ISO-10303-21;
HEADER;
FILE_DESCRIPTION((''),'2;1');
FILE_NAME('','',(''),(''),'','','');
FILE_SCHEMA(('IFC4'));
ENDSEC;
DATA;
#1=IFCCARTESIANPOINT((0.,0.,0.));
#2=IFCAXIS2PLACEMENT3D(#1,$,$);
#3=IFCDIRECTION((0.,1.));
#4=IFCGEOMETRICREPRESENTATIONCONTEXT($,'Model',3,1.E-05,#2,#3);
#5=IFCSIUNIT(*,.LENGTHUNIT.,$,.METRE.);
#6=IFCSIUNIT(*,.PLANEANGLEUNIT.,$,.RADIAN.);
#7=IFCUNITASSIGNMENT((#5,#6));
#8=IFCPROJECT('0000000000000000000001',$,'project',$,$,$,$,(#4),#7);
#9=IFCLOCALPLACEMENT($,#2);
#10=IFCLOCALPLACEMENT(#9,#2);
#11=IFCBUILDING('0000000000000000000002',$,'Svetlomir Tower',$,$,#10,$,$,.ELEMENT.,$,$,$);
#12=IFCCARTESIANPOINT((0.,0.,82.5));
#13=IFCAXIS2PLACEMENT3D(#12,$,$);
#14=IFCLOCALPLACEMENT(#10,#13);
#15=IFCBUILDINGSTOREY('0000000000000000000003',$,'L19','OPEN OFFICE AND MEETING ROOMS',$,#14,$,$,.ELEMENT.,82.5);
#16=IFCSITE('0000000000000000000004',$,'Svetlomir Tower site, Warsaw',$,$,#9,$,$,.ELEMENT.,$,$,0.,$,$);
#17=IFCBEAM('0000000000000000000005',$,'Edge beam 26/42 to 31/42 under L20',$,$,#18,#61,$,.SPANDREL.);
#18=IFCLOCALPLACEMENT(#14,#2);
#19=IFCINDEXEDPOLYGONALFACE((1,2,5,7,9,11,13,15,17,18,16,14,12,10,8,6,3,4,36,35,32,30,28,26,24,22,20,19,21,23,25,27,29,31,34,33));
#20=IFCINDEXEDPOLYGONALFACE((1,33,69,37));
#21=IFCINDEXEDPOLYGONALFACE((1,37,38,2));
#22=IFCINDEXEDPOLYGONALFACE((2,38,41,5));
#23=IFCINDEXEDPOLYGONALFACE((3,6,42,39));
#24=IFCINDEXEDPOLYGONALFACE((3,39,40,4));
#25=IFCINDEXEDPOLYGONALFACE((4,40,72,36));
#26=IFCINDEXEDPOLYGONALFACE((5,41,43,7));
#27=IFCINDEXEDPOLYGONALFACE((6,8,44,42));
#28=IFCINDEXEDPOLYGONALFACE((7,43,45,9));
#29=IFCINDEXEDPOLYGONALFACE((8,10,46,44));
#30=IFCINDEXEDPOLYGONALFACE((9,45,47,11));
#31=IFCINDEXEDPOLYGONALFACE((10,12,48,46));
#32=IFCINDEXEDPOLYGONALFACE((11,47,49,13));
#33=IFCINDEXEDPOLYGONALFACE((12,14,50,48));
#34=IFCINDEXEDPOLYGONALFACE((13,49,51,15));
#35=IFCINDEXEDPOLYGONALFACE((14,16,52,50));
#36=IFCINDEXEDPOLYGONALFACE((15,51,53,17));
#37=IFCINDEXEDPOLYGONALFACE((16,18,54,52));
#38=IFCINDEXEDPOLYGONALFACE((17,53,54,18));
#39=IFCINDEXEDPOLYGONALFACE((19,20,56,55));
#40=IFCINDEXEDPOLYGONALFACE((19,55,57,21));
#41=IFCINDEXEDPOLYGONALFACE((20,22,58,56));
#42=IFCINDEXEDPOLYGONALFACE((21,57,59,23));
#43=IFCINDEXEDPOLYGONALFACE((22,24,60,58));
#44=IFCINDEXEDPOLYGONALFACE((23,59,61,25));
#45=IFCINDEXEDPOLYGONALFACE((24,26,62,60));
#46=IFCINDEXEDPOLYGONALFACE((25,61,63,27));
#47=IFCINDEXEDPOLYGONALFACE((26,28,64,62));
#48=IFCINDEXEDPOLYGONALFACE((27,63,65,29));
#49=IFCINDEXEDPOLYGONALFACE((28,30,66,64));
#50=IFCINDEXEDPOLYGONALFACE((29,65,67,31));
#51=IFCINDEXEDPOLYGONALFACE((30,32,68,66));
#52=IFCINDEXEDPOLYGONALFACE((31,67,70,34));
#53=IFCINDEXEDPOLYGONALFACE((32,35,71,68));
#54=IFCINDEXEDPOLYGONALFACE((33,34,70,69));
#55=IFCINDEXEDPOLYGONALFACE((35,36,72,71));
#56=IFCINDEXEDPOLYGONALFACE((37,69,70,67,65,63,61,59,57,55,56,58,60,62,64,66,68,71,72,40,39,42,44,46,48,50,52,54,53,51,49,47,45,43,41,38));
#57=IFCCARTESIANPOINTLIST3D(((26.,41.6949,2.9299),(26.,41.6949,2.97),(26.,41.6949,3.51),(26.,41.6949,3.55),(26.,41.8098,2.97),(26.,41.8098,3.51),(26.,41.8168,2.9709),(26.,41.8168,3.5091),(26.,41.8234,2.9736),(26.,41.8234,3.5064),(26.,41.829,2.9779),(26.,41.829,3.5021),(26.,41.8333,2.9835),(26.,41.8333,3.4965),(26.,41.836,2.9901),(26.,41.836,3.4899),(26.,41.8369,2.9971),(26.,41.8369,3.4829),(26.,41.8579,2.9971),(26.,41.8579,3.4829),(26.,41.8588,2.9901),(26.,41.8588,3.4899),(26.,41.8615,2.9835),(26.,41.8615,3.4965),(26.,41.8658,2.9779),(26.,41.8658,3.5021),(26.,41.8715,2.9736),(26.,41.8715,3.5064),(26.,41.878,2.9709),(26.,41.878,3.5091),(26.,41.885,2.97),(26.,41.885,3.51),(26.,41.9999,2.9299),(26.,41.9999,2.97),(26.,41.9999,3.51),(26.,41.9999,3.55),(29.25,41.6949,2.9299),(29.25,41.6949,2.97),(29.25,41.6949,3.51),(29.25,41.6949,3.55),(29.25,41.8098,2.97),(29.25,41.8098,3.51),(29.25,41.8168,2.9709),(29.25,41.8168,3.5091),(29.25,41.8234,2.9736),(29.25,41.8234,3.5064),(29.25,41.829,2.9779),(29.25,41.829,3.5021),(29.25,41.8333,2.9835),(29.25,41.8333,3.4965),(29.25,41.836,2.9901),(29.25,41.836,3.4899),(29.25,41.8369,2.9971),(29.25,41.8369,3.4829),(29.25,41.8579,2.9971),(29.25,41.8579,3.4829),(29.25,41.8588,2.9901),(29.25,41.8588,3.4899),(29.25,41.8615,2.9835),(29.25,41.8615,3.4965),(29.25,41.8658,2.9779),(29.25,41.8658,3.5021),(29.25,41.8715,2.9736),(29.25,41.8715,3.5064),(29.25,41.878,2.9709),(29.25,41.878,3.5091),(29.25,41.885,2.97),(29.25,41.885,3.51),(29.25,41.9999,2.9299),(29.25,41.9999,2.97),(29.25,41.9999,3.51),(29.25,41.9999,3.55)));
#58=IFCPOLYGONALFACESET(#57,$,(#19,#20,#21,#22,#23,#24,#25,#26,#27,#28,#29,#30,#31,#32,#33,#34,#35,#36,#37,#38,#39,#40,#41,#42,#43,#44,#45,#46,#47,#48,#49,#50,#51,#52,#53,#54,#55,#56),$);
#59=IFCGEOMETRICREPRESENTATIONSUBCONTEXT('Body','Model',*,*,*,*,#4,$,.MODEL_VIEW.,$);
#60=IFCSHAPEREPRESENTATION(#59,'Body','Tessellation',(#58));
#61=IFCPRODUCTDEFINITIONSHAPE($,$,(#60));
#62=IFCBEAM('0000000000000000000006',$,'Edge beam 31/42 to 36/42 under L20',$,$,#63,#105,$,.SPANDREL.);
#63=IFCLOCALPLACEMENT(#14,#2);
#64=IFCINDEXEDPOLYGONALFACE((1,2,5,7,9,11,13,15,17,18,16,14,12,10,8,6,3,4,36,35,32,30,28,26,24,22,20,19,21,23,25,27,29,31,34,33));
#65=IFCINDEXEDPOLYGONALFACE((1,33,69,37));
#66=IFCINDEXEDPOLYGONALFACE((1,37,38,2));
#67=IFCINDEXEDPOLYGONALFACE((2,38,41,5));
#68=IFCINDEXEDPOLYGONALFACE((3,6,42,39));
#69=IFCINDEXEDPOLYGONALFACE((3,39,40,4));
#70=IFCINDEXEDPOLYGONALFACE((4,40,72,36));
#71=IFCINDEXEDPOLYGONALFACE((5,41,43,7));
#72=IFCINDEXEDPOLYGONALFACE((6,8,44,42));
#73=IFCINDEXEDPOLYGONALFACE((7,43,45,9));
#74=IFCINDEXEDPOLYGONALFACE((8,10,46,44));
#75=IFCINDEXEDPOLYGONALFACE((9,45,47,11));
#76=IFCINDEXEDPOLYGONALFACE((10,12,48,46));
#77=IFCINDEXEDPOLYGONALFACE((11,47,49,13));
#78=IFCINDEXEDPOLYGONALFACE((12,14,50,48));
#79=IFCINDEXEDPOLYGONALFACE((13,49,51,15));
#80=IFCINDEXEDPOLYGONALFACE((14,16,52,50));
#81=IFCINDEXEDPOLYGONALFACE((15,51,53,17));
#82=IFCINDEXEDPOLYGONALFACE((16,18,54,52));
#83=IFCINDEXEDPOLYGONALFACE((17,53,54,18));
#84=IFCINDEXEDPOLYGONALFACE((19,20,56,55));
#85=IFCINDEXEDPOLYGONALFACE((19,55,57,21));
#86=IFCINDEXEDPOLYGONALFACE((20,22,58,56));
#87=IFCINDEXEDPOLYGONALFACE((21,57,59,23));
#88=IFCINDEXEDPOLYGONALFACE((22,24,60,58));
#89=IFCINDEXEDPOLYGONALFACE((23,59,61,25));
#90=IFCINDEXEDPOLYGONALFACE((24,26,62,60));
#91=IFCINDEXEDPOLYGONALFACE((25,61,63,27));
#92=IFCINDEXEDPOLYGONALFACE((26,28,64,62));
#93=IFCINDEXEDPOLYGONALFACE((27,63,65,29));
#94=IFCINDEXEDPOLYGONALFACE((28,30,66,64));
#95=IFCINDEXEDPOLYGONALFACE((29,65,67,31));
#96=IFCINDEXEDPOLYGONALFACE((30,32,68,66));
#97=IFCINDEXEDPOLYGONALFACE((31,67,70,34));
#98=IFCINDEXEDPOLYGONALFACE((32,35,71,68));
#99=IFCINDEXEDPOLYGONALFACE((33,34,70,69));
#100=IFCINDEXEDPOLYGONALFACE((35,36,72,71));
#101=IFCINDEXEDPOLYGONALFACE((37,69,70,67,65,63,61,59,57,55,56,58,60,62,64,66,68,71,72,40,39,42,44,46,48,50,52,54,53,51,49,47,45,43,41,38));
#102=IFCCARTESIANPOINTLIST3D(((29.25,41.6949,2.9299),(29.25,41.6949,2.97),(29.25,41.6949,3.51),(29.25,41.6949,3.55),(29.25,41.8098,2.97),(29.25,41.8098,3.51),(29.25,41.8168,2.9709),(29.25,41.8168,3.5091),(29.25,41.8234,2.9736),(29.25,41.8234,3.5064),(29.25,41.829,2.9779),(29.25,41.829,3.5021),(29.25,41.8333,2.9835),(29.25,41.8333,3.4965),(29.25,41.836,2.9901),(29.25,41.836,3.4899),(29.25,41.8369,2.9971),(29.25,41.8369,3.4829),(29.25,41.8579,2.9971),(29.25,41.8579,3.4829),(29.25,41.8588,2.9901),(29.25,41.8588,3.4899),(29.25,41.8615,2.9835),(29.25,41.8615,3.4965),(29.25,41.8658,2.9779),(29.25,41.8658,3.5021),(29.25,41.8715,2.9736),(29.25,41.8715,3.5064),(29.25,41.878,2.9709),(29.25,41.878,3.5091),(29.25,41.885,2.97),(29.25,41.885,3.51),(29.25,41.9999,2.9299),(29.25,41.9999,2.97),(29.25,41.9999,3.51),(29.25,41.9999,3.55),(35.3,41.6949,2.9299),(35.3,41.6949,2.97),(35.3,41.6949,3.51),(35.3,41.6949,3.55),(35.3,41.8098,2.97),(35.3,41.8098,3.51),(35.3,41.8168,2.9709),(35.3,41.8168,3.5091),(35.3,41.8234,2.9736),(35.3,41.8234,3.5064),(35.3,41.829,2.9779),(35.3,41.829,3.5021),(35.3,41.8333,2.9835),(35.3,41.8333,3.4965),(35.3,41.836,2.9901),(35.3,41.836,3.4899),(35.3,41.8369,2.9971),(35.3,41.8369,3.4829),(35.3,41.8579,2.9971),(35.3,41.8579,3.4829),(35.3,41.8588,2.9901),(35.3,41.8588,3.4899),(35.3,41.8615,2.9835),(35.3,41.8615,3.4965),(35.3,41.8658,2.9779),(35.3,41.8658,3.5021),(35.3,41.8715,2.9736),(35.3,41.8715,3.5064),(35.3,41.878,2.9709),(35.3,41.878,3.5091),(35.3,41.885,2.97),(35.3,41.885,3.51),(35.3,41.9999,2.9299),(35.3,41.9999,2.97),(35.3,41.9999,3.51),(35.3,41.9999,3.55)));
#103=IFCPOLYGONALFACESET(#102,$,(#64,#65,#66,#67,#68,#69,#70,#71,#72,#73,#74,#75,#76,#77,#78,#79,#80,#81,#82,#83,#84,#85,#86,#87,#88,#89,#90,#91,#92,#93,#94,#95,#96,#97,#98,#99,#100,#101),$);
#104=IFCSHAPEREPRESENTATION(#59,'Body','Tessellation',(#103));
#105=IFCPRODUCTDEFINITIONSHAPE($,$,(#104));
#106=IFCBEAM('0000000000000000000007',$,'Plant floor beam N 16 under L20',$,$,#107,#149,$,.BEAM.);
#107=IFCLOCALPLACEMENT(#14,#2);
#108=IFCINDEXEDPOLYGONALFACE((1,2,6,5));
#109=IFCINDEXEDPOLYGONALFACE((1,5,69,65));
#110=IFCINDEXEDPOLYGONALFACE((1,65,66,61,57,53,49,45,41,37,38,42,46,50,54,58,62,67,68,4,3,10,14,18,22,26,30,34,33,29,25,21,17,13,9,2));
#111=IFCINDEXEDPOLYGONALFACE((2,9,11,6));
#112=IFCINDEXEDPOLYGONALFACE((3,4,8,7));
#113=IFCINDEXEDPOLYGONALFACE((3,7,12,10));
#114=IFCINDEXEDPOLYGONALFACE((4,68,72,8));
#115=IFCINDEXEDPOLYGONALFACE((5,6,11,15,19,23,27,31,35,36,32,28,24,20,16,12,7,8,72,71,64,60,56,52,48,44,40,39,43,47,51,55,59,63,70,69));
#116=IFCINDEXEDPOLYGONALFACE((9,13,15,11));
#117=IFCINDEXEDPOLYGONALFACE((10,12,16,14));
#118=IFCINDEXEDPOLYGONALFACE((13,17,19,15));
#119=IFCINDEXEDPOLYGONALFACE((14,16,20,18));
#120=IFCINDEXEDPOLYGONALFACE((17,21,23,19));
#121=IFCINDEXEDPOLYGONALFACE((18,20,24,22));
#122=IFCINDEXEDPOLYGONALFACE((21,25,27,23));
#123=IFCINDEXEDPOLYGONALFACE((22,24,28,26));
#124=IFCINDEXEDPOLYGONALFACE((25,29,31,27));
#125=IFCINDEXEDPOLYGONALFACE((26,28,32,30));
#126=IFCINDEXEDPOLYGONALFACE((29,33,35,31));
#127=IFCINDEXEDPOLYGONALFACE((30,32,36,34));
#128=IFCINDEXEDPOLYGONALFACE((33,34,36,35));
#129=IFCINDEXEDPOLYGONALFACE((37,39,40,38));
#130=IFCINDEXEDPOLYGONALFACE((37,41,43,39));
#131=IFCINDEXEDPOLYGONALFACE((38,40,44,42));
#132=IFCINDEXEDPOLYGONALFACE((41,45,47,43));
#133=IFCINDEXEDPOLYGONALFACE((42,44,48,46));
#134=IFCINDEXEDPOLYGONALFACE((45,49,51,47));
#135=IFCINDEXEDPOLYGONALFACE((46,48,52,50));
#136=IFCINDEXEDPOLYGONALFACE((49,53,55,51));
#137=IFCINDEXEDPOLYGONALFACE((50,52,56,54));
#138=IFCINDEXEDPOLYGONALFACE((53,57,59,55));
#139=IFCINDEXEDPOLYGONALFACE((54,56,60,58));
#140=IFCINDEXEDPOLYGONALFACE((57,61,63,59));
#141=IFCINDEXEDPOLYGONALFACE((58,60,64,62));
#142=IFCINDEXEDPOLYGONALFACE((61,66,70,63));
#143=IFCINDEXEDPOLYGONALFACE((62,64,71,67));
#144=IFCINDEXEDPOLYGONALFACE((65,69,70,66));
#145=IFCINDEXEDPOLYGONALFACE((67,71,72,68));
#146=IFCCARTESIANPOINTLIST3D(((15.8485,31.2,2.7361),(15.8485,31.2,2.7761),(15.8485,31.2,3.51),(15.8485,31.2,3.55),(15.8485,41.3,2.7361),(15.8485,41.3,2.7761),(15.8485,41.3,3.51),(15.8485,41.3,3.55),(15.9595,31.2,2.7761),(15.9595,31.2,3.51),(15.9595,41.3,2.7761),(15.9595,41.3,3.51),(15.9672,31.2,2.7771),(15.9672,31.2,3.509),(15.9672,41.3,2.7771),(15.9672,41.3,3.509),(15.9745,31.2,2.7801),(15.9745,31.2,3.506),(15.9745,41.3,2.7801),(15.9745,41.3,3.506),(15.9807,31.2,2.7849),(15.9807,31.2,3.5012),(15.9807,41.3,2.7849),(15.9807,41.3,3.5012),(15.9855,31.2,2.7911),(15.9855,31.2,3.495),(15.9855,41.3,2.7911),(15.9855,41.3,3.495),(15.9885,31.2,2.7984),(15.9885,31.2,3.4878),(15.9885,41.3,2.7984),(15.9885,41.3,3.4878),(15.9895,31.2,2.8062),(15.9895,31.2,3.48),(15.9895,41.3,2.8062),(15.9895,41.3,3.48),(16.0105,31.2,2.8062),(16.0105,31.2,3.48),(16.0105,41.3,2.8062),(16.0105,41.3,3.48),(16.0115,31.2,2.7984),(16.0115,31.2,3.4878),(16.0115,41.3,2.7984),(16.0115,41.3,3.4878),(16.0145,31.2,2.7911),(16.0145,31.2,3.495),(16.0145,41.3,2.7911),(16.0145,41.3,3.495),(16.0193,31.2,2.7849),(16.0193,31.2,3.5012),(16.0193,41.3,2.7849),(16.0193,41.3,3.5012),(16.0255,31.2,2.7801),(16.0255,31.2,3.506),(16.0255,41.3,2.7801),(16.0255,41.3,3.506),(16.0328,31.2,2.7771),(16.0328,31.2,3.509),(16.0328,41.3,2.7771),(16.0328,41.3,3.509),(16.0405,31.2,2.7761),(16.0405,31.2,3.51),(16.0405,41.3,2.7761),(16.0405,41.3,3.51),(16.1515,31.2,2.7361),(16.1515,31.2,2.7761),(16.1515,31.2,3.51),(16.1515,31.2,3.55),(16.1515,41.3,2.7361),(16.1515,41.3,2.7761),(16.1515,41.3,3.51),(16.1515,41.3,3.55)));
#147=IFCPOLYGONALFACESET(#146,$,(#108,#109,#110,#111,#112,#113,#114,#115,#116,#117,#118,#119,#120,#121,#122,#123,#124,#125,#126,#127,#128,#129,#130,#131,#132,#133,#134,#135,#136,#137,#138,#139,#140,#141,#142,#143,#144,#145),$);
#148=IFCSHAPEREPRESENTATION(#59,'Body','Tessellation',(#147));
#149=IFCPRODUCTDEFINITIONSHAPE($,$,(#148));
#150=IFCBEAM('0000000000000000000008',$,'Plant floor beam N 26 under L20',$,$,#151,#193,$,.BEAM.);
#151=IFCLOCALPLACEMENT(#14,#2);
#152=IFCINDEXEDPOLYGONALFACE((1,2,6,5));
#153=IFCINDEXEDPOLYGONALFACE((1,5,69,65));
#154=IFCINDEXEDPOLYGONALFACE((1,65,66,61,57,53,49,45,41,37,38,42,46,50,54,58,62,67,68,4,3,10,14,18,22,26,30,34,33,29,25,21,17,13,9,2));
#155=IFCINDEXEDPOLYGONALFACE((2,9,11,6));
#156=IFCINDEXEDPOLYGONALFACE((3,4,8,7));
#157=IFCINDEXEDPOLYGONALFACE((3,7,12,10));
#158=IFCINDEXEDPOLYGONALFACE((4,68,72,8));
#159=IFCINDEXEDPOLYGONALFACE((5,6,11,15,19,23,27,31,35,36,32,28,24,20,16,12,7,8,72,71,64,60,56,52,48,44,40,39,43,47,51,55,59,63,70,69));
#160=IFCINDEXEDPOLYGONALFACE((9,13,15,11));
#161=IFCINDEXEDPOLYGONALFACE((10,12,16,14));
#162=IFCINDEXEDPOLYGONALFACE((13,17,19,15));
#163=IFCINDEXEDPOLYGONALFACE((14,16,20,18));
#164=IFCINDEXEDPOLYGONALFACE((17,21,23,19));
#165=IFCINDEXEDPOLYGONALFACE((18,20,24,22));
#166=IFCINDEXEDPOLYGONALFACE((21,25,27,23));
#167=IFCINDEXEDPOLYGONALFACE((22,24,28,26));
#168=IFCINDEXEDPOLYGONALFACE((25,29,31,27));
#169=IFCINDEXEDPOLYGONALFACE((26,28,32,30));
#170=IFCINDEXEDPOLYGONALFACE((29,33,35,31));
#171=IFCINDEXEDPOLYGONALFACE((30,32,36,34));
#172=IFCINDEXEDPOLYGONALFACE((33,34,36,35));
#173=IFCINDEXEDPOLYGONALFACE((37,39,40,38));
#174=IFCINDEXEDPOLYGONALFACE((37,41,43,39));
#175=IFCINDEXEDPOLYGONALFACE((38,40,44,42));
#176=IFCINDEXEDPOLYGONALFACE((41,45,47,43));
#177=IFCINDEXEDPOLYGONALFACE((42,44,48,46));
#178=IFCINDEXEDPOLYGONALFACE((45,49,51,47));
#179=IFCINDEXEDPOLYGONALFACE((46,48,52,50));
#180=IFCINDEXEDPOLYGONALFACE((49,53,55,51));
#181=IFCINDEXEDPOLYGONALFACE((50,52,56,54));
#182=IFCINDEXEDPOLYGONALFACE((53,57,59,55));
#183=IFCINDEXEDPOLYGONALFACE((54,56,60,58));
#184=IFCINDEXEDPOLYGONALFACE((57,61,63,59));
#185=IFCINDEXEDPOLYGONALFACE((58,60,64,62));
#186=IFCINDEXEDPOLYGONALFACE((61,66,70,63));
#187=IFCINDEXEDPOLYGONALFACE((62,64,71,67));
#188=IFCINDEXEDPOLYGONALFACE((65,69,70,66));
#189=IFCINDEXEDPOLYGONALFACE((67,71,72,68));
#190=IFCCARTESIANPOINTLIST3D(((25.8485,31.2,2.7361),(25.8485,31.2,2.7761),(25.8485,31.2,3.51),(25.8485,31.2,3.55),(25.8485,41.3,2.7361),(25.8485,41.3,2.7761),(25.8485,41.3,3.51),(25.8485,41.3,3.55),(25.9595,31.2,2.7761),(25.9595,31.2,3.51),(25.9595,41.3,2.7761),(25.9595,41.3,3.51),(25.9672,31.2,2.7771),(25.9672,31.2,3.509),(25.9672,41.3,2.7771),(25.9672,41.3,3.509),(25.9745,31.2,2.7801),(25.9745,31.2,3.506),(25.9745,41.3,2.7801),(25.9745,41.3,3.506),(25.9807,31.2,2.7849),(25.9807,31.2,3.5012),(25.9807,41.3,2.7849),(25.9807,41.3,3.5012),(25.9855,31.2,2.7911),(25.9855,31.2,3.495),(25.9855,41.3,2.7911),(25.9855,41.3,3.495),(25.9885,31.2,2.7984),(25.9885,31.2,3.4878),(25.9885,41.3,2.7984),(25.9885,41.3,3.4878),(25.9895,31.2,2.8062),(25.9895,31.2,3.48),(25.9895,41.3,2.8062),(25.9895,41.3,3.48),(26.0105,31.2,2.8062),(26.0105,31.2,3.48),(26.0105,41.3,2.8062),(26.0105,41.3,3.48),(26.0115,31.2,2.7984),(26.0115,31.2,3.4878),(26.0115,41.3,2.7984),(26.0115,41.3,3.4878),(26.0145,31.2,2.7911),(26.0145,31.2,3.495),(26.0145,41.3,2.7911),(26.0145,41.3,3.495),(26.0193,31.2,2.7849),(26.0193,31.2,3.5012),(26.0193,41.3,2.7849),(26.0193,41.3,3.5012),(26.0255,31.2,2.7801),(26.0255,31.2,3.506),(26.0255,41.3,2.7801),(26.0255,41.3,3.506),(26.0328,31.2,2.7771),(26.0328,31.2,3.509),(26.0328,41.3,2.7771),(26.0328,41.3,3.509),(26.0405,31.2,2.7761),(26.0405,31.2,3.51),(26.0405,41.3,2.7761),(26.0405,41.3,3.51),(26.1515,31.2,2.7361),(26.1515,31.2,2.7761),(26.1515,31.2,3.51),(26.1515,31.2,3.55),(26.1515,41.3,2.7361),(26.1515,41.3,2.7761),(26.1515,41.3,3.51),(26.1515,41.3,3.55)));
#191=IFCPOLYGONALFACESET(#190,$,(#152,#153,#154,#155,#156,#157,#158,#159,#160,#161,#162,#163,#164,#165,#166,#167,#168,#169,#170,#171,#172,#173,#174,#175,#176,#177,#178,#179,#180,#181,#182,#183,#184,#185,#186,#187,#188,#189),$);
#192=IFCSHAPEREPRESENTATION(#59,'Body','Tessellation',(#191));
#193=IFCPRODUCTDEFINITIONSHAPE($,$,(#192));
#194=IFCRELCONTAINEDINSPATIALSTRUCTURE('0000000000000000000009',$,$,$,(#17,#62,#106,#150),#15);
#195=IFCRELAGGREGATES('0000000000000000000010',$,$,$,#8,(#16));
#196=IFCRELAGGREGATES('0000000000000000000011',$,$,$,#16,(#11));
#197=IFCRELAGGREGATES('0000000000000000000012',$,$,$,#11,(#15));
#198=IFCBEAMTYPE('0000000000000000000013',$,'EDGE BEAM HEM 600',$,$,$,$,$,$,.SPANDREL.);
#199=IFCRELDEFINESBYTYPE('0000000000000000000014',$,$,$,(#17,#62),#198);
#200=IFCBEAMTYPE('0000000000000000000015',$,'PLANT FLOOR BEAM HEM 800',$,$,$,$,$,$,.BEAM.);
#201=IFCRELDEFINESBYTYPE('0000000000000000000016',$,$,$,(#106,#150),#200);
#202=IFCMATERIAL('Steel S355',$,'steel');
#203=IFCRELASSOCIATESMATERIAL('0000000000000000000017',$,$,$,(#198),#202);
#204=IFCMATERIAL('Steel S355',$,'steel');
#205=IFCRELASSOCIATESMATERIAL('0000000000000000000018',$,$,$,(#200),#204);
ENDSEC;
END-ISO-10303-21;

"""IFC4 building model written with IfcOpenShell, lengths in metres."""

from ifc_helpers import new_model, si_unit, direction, frame, origin, origin_2d, place, context, subcontext, project, spatial, i_section, extrude, material, material_profile, profile_set, type_object, element, save


model = new_model("IFC4")

# Units and contexts
model_context = context("Model", 3, precision=1e-05, world=origin(), true_north=direction((0.0, 1.0)))
body_context = subcontext(model_context, "Body", "Model", "MODEL_VIEW")
ifc_project = project(units=[si_unit("LENGTHUNIT", "METRE"), si_unit("PLANEANGLEUNIT", "RADIAN")], contexts=[model_context])

# Site, building, storey
site_placement = place(None, origin())
site = spatial("IfcSite", under=ifc_project, at=site_placement, Name="Svetlomir Tower site, Warsaw", CompositionType="ELEMENT", RefElevation=0.0)
building_placement = place(site_placement, origin())
building = spatial("IfcBuilding", under=site, at=building_placement, Name="Svetlomir Tower", CompositionType="ELEMENT")
storey_placement = place(building_placement, frame((0.0, 0.0, 82.5)))
storey = spatial("IfcBuildingStorey", under=building, at=storey_placement, Name="L19", Description="OPEN OFFICE AND MEETING ROOMS", CompositionType="ELEMENT", Elevation=82.5)

# Beams
ifc_material_1 = material(Name="Steel S355", Category="steel")
ifc_material_profile_1 = material_profile(ifc_material_1, i_section(OverallWidth=0.3049, OverallDepth=0.6201, WebThickness=0.021, FlangeThickness=0.04, FilletRadius=0.0271, at=origin_2d()), Name="HEM 600")
ifc_profile_set_1 = profile_set([ifc_material_profile_1], Name="Steel S355")
beam_type_1 = type_object("IfcBeamType", Name="EDGE BEAM HEM 600", PredefinedType="SPANDREL", material=ifc_profile_set_1)
beam_1_placement = place(storey_placement, frame((26.0, 41.8474, 3.24), z_axis=(1.0, 0.0, 0.0), x_axis=(0.0, 1.0, 0.0)))
element("IfcBeam", 1, at=beam_1_placement, inside=storey, type_object=beam_type_1, Name="Edge beam 26/42 to 31/42 under L20", PredefinedType="SPANDREL", context=body_context, shape_type="SweptSolid", body=[
    extrude(i_section(OverallWidth=0.3049, OverallDepth=0.6201, WebThickness=0.021, FlangeThickness=0.04, FilletRadius=0.0271, at=origin_2d()), origin(), (0.0, 0.0, 1.0), 3.25),
])
beam_2_placement = place(storey_placement, frame((29.25, 41.8474, 3.24), z_axis=(1.0, 0.0, 0.0), x_axis=(0.0, 1.0, 0.0)))
element("IfcBeam", 2, at=beam_2_placement, inside=storey, type_object=beam_type_1, Name="Edge beam 31/42 to 36/42 under L20", PredefinedType="SPANDREL", context=body_context, shape_type="SweptSolid", body=[
    extrude(i_section(OverallWidth=0.3049, OverallDepth=0.6201, WebThickness=0.021, FlangeThickness=0.04, FilletRadius=0.0271, at=origin_2d()), origin(), (0.0, 0.0, 1.0), 6.05),
])
ifc_material_2 = material(Name="Steel S355", Category="steel")
ifc_material_profile_2 = material_profile(ifc_material_2, i_section(OverallWidth=0.303, OverallDepth=0.814, WebThickness=0.021, FlangeThickness=0.04, FilletRadius=0.03, at=origin_2d()), Name="HEM 800")
ifc_profile_set_2 = profile_set([ifc_material_profile_2], Name="Steel S355")
beam_type_2 = type_object("IfcBeamType", Name="PLANT FLOOR BEAM HEM 800", PredefinedType="BEAM", material=ifc_profile_set_2)
for number, where, z_axis, x_axis, name in (
    (3, (16.0, 41.3, 3.1431), (0.0, -1.0, 0.0), (1.0, 0.0, 0.0), "Plant floor beam N 16 under L20"),
    (4, (26.0, 41.3, 3.1431), (0.0, -1.0, 0.0), (1.0, 0.0, 0.0), "Plant floor beam N 26 under L20"),
):
    element("IfcBeam", number, at=place(storey_placement, frame(where, z_axis=z_axis, x_axis=x_axis)), inside=storey, type_object=beam_type_2, Name=name, PredefinedType="BEAM", context=body_context, shape_type="SweptSolid", body=[
        extrude(i_section(OverallWidth=0.303, OverallDepth=0.814, WebThickness=0.021, FlangeThickness=0.04, FilletRadius=0.03, at=origin_2d()), origin(), (0.0, 0.0, 1.0), 10.1001),
    ])

save(model, "model.ifc")
